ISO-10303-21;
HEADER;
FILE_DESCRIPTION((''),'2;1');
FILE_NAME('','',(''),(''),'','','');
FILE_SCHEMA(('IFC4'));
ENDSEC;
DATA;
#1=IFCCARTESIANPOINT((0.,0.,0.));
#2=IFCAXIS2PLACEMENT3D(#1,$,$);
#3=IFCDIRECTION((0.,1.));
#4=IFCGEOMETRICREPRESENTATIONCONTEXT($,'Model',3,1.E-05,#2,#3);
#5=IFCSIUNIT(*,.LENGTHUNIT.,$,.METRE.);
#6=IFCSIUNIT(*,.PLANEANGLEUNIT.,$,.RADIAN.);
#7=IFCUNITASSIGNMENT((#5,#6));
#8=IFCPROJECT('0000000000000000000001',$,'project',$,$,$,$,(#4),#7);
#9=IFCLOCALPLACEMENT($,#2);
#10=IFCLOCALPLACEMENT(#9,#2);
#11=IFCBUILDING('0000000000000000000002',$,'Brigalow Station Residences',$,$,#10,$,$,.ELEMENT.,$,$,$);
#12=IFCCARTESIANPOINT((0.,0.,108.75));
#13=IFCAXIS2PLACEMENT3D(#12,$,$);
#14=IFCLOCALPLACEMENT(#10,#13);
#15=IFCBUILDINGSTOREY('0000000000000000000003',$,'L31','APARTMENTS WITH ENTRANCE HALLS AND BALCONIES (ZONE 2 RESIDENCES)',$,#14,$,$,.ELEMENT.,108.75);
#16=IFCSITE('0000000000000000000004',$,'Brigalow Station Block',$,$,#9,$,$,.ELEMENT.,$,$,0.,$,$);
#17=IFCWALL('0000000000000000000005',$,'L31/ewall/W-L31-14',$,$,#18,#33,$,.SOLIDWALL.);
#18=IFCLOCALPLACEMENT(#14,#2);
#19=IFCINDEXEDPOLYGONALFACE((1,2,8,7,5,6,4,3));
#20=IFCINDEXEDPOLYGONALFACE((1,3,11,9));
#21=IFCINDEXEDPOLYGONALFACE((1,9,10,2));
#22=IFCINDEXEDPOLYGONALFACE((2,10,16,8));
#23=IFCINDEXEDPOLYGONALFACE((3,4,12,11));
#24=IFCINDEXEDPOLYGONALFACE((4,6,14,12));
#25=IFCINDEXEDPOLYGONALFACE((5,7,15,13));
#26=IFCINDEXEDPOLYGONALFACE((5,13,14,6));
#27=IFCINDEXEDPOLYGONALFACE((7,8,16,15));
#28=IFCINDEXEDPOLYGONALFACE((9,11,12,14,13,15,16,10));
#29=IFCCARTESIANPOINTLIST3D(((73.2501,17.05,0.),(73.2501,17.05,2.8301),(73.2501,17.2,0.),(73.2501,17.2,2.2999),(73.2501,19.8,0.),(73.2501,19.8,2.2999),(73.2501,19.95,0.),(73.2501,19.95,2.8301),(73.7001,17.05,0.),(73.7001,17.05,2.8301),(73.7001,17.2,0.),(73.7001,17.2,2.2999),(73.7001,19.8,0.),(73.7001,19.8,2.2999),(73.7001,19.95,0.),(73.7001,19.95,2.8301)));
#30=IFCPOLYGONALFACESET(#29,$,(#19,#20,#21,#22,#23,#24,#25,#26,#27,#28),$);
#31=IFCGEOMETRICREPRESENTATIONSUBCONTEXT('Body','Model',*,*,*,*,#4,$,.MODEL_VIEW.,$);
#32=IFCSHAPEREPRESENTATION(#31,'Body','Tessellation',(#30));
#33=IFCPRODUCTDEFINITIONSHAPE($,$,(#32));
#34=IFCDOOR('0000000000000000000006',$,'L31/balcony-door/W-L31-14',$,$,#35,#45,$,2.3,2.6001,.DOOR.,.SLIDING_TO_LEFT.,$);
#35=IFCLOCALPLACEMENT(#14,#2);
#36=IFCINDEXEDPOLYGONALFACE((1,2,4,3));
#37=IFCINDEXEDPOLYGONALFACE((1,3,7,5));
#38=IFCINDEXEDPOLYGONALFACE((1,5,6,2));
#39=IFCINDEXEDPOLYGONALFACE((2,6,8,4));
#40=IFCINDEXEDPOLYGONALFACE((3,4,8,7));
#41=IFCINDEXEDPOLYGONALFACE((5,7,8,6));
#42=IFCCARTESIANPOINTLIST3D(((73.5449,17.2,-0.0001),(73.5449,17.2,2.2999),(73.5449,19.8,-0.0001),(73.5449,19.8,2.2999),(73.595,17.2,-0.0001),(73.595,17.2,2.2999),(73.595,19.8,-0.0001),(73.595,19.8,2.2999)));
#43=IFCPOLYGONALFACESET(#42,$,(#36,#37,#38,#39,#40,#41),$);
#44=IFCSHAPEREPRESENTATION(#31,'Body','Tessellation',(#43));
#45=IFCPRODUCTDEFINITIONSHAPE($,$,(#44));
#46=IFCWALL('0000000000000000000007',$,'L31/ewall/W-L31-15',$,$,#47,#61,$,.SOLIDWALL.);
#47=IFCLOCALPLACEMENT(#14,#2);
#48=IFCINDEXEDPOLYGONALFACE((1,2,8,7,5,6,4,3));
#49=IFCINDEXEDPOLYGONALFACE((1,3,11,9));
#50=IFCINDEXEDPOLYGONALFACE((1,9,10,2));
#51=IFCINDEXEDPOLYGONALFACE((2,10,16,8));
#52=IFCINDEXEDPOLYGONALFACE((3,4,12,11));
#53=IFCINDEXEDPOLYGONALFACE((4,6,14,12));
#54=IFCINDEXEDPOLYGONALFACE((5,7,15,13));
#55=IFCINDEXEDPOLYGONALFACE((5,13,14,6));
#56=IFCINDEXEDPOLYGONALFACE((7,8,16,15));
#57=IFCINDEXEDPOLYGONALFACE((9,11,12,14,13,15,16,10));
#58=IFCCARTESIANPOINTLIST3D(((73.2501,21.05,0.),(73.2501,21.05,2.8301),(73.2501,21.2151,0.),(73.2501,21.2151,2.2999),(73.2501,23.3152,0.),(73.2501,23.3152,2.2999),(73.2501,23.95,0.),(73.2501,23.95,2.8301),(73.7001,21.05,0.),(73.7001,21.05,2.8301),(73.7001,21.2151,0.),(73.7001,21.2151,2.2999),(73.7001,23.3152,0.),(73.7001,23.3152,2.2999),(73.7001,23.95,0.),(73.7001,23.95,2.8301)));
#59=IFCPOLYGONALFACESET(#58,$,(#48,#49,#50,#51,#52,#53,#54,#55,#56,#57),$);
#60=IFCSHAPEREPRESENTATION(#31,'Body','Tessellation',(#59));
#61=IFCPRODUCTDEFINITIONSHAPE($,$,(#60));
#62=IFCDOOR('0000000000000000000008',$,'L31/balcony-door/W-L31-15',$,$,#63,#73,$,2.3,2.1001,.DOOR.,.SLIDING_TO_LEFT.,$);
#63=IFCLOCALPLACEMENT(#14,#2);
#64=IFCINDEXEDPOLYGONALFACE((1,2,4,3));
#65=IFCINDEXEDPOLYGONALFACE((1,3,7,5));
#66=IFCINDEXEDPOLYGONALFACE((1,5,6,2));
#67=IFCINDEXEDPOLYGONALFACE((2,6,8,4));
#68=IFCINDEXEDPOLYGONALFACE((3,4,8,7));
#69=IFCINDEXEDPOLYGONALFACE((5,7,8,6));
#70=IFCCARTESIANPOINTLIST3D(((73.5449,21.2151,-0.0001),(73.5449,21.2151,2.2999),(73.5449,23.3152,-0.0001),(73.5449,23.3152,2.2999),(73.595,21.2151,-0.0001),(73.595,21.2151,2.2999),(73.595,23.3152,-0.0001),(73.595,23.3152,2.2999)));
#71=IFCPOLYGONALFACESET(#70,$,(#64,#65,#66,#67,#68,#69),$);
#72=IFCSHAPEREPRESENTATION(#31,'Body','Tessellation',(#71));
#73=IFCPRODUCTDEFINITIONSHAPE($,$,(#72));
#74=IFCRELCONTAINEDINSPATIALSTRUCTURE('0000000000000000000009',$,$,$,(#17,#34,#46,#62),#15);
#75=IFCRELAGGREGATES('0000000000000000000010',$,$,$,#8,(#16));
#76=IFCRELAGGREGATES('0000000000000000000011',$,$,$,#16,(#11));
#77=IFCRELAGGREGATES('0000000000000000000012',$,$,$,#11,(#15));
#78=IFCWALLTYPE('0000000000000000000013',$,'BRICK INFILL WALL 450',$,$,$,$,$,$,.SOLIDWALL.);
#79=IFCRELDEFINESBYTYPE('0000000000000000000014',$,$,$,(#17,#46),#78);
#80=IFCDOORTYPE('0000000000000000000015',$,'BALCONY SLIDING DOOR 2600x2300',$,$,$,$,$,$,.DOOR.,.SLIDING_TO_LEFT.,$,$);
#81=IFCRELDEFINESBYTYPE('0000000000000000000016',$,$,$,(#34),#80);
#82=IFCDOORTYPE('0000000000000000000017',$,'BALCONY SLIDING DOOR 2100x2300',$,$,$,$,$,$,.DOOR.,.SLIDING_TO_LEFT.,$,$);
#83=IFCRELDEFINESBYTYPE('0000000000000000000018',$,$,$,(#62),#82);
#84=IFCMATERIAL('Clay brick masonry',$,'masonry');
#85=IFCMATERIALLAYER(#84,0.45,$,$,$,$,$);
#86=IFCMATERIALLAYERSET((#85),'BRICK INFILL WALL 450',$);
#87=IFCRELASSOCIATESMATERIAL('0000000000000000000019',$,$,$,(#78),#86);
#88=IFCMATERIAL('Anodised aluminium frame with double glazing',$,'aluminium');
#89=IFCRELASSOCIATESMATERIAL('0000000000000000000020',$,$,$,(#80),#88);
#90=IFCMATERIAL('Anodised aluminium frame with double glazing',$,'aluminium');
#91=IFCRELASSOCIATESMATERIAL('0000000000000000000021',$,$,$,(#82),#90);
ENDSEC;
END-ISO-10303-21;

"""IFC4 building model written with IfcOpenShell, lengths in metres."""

from ifc_helpers import new_model, si_unit, direction, frame, frame_2d, origin, place, context, subcontext, project, spatial, rectangle, extrude, material, layer, layer_set, type_object, element, fill, save


model = new_model("IFC4")

# Units and contexts
model_context = context("Model", 3, precision=1e-05, world=origin(), true_north=direction((0.0, 1.0)))
body_context = subcontext(model_context, "Body", "Model", "MODEL_VIEW")
ifc_project = project(units=[si_unit("LENGTHUNIT", "METRE"), si_unit("PLANEANGLEUNIT", "RADIAN")], contexts=[model_context])

# Site, building, storey
site_placement = place(None, origin())
site = spatial("IfcSite", under=ifc_project, at=site_placement, Name="Brigalow Station Block", CompositionType="ELEMENT", RefElevation=0.0)
building_placement = place(site_placement, origin())
building = spatial("IfcBuilding", under=site, at=building_placement, Name="Brigalow Station Residences", CompositionType="ELEMENT")
storey_placement = place(building_placement, frame((0.0, 0.0, 108.75)))
storey = spatial("IfcBuildingStorey", under=building, at=storey_placement, Name="L31", Description="APARTMENTS WITH ENTRANCE HALLS AND BALCONIES (ZONE 2 RESIDENCES)", CompositionType="ELEMENT", Elevation=108.75)

# Shared definitions
ifc_material_1 = material(Name="Clay brick masonry", Category="masonry")
ifc_layer = layer(ifc_material_1, 0.45)
ifc_layer_set = layer_set([ifc_layer], Name="BRICK INFILL WALL 450")
wall_type = type_object("IfcWallType", Name="BRICK INFILL WALL 450", PredefinedType="SOLIDWALL", material=ifc_layer_set)

# Walls, openings, doors
wall_1_placement = place(storey_placement, frame((73.4751, 17.05, 0.0), z_axis=(0.0, 0.0, 1.0), x_axis=(0.0, 1.0, 0.0)))
wall_1 = element("IfcWall", 1, at=wall_1_placement, inside=storey, type_object=wall_type, Name="L31/ewall/W-L31-14", PredefinedType="SOLIDWALL", context=body_context, shape_type="SweptSolid", body=[
    extrude(rectangle(XDim=2.8999, YDim=0.45, at=frame_2d((1.45, 0.0))), origin(), (0.0, 0.0, 1.0), 2.8301),
])
opening_1_placement = place(wall_1_placement, frame((0.1499, 0.0, 0.0)))
opening_1 = element("IfcOpeningElement", 2, at=opening_1_placement, cuts=wall_1, PredefinedType="OPENING", context=body_context, shape_type="SweptSolid", body=[
    extrude(rectangle(XDim=2.6001, YDim=2.3, at=frame_2d((1.3, 1.1499))), frame((0.0, 0.2349, 0.0), z_axis=(0.0, -1.0, 0.0), x_axis=(1.0, 0.0, 0.0)), (0.0, 0.0, 1.0), 0.47),
])
ifc_material_2 = material(Name="Anodised aluminium frame with double glazing", Category="aluminium")
door_type_1 = type_object("IfcDoorType", Name="BALCONY SLIDING DOOR 2600x2300", OperationType="SLIDING_TO_LEFT", PredefinedType="DOOR", material=ifc_material_2)
door_1_placement = place(opening_1_placement, origin())
door_1 = element("IfcDoor", 3, at=door_1_placement, inside=storey, type_object=door_type_1, Name="L31/balcony-door/W-L31-14", OperationType="SLIDING_TO_LEFT", OverallHeight=2.3, OverallWidth=2.6001, PredefinedType="DOOR", context=body_context, shape_type="SweptSolid", body=[
    extrude(rectangle(XDim=2.6001, YDim=2.3, at=frame_2d((1.3, 1.1499))), frame((0.0, -0.0698, 0.0), z_axis=(0.0, -1.0, 0.0), x_axis=(1.0, 0.0, 0.0)), (0.0, 0.0, 1.0), 0.05),
])
fill(opening_1, door_1)
wall_2_placement = place(storey_placement, frame((73.4751, 21.05, 0.0), z_axis=(0.0, 0.0, 1.0), x_axis=(0.0, 1.0, 0.0)))
wall_2 = element("IfcWall", 4, at=wall_2_placement, inside=storey, type_object=wall_type, Name="L31/ewall/W-L31-15", PredefinedType="SOLIDWALL", context=body_context, shape_type="SweptSolid", body=[
    extrude(rectangle(XDim=2.8999, YDim=0.45, at=frame_2d((1.45, 0.0))), origin(), (0.0, 0.0, 1.0), 2.8301),
])
opening_2_placement = place(wall_2_placement, frame((0.165, 0.0, 0.0)))
opening_2 = element("IfcOpeningElement", 5, at=opening_2_placement, cuts=wall_2, PredefinedType="OPENING", context=body_context, shape_type="SweptSolid", body=[
    extrude(rectangle(XDim=2.1001, YDim=2.3, at=frame_2d((1.05, 1.1499))), frame((0.0, 0.2349, 0.0), z_axis=(0.0, -1.0, 0.0), x_axis=(1.0, 0.0, 0.0)), (0.0, 0.0, 1.0), 0.47),
])
ifc_material_3 = material(Name="Anodised aluminium frame with double glazing", Category="aluminium")
door_type_2 = type_object("IfcDoorType", Name="BALCONY SLIDING DOOR 2100x2300", OperationType="SLIDING_TO_LEFT", PredefinedType="DOOR", material=ifc_material_3)
door_2_placement = place(opening_2_placement, origin())
door_2 = element("IfcDoor", 6, at=door_2_placement, inside=storey, type_object=door_type_2, Name="L31/balcony-door/W-L31-15", OperationType="SLIDING_TO_LEFT", OverallHeight=2.3, OverallWidth=2.1001, PredefinedType="DOOR", context=body_context, shape_type="SweptSolid", body=[
    extrude(rectangle(XDim=2.1001, YDim=2.3, at=frame_2d((1.05, 1.1499))), frame((0.0, -0.0698, 0.0), z_axis=(0.0, -1.0, 0.0), x_axis=(1.0, 0.0, 0.0)), (0.0, 0.0, 1.0), 0.05),
])
fill(opening_2, door_2)

save(model, "model.ifc")
